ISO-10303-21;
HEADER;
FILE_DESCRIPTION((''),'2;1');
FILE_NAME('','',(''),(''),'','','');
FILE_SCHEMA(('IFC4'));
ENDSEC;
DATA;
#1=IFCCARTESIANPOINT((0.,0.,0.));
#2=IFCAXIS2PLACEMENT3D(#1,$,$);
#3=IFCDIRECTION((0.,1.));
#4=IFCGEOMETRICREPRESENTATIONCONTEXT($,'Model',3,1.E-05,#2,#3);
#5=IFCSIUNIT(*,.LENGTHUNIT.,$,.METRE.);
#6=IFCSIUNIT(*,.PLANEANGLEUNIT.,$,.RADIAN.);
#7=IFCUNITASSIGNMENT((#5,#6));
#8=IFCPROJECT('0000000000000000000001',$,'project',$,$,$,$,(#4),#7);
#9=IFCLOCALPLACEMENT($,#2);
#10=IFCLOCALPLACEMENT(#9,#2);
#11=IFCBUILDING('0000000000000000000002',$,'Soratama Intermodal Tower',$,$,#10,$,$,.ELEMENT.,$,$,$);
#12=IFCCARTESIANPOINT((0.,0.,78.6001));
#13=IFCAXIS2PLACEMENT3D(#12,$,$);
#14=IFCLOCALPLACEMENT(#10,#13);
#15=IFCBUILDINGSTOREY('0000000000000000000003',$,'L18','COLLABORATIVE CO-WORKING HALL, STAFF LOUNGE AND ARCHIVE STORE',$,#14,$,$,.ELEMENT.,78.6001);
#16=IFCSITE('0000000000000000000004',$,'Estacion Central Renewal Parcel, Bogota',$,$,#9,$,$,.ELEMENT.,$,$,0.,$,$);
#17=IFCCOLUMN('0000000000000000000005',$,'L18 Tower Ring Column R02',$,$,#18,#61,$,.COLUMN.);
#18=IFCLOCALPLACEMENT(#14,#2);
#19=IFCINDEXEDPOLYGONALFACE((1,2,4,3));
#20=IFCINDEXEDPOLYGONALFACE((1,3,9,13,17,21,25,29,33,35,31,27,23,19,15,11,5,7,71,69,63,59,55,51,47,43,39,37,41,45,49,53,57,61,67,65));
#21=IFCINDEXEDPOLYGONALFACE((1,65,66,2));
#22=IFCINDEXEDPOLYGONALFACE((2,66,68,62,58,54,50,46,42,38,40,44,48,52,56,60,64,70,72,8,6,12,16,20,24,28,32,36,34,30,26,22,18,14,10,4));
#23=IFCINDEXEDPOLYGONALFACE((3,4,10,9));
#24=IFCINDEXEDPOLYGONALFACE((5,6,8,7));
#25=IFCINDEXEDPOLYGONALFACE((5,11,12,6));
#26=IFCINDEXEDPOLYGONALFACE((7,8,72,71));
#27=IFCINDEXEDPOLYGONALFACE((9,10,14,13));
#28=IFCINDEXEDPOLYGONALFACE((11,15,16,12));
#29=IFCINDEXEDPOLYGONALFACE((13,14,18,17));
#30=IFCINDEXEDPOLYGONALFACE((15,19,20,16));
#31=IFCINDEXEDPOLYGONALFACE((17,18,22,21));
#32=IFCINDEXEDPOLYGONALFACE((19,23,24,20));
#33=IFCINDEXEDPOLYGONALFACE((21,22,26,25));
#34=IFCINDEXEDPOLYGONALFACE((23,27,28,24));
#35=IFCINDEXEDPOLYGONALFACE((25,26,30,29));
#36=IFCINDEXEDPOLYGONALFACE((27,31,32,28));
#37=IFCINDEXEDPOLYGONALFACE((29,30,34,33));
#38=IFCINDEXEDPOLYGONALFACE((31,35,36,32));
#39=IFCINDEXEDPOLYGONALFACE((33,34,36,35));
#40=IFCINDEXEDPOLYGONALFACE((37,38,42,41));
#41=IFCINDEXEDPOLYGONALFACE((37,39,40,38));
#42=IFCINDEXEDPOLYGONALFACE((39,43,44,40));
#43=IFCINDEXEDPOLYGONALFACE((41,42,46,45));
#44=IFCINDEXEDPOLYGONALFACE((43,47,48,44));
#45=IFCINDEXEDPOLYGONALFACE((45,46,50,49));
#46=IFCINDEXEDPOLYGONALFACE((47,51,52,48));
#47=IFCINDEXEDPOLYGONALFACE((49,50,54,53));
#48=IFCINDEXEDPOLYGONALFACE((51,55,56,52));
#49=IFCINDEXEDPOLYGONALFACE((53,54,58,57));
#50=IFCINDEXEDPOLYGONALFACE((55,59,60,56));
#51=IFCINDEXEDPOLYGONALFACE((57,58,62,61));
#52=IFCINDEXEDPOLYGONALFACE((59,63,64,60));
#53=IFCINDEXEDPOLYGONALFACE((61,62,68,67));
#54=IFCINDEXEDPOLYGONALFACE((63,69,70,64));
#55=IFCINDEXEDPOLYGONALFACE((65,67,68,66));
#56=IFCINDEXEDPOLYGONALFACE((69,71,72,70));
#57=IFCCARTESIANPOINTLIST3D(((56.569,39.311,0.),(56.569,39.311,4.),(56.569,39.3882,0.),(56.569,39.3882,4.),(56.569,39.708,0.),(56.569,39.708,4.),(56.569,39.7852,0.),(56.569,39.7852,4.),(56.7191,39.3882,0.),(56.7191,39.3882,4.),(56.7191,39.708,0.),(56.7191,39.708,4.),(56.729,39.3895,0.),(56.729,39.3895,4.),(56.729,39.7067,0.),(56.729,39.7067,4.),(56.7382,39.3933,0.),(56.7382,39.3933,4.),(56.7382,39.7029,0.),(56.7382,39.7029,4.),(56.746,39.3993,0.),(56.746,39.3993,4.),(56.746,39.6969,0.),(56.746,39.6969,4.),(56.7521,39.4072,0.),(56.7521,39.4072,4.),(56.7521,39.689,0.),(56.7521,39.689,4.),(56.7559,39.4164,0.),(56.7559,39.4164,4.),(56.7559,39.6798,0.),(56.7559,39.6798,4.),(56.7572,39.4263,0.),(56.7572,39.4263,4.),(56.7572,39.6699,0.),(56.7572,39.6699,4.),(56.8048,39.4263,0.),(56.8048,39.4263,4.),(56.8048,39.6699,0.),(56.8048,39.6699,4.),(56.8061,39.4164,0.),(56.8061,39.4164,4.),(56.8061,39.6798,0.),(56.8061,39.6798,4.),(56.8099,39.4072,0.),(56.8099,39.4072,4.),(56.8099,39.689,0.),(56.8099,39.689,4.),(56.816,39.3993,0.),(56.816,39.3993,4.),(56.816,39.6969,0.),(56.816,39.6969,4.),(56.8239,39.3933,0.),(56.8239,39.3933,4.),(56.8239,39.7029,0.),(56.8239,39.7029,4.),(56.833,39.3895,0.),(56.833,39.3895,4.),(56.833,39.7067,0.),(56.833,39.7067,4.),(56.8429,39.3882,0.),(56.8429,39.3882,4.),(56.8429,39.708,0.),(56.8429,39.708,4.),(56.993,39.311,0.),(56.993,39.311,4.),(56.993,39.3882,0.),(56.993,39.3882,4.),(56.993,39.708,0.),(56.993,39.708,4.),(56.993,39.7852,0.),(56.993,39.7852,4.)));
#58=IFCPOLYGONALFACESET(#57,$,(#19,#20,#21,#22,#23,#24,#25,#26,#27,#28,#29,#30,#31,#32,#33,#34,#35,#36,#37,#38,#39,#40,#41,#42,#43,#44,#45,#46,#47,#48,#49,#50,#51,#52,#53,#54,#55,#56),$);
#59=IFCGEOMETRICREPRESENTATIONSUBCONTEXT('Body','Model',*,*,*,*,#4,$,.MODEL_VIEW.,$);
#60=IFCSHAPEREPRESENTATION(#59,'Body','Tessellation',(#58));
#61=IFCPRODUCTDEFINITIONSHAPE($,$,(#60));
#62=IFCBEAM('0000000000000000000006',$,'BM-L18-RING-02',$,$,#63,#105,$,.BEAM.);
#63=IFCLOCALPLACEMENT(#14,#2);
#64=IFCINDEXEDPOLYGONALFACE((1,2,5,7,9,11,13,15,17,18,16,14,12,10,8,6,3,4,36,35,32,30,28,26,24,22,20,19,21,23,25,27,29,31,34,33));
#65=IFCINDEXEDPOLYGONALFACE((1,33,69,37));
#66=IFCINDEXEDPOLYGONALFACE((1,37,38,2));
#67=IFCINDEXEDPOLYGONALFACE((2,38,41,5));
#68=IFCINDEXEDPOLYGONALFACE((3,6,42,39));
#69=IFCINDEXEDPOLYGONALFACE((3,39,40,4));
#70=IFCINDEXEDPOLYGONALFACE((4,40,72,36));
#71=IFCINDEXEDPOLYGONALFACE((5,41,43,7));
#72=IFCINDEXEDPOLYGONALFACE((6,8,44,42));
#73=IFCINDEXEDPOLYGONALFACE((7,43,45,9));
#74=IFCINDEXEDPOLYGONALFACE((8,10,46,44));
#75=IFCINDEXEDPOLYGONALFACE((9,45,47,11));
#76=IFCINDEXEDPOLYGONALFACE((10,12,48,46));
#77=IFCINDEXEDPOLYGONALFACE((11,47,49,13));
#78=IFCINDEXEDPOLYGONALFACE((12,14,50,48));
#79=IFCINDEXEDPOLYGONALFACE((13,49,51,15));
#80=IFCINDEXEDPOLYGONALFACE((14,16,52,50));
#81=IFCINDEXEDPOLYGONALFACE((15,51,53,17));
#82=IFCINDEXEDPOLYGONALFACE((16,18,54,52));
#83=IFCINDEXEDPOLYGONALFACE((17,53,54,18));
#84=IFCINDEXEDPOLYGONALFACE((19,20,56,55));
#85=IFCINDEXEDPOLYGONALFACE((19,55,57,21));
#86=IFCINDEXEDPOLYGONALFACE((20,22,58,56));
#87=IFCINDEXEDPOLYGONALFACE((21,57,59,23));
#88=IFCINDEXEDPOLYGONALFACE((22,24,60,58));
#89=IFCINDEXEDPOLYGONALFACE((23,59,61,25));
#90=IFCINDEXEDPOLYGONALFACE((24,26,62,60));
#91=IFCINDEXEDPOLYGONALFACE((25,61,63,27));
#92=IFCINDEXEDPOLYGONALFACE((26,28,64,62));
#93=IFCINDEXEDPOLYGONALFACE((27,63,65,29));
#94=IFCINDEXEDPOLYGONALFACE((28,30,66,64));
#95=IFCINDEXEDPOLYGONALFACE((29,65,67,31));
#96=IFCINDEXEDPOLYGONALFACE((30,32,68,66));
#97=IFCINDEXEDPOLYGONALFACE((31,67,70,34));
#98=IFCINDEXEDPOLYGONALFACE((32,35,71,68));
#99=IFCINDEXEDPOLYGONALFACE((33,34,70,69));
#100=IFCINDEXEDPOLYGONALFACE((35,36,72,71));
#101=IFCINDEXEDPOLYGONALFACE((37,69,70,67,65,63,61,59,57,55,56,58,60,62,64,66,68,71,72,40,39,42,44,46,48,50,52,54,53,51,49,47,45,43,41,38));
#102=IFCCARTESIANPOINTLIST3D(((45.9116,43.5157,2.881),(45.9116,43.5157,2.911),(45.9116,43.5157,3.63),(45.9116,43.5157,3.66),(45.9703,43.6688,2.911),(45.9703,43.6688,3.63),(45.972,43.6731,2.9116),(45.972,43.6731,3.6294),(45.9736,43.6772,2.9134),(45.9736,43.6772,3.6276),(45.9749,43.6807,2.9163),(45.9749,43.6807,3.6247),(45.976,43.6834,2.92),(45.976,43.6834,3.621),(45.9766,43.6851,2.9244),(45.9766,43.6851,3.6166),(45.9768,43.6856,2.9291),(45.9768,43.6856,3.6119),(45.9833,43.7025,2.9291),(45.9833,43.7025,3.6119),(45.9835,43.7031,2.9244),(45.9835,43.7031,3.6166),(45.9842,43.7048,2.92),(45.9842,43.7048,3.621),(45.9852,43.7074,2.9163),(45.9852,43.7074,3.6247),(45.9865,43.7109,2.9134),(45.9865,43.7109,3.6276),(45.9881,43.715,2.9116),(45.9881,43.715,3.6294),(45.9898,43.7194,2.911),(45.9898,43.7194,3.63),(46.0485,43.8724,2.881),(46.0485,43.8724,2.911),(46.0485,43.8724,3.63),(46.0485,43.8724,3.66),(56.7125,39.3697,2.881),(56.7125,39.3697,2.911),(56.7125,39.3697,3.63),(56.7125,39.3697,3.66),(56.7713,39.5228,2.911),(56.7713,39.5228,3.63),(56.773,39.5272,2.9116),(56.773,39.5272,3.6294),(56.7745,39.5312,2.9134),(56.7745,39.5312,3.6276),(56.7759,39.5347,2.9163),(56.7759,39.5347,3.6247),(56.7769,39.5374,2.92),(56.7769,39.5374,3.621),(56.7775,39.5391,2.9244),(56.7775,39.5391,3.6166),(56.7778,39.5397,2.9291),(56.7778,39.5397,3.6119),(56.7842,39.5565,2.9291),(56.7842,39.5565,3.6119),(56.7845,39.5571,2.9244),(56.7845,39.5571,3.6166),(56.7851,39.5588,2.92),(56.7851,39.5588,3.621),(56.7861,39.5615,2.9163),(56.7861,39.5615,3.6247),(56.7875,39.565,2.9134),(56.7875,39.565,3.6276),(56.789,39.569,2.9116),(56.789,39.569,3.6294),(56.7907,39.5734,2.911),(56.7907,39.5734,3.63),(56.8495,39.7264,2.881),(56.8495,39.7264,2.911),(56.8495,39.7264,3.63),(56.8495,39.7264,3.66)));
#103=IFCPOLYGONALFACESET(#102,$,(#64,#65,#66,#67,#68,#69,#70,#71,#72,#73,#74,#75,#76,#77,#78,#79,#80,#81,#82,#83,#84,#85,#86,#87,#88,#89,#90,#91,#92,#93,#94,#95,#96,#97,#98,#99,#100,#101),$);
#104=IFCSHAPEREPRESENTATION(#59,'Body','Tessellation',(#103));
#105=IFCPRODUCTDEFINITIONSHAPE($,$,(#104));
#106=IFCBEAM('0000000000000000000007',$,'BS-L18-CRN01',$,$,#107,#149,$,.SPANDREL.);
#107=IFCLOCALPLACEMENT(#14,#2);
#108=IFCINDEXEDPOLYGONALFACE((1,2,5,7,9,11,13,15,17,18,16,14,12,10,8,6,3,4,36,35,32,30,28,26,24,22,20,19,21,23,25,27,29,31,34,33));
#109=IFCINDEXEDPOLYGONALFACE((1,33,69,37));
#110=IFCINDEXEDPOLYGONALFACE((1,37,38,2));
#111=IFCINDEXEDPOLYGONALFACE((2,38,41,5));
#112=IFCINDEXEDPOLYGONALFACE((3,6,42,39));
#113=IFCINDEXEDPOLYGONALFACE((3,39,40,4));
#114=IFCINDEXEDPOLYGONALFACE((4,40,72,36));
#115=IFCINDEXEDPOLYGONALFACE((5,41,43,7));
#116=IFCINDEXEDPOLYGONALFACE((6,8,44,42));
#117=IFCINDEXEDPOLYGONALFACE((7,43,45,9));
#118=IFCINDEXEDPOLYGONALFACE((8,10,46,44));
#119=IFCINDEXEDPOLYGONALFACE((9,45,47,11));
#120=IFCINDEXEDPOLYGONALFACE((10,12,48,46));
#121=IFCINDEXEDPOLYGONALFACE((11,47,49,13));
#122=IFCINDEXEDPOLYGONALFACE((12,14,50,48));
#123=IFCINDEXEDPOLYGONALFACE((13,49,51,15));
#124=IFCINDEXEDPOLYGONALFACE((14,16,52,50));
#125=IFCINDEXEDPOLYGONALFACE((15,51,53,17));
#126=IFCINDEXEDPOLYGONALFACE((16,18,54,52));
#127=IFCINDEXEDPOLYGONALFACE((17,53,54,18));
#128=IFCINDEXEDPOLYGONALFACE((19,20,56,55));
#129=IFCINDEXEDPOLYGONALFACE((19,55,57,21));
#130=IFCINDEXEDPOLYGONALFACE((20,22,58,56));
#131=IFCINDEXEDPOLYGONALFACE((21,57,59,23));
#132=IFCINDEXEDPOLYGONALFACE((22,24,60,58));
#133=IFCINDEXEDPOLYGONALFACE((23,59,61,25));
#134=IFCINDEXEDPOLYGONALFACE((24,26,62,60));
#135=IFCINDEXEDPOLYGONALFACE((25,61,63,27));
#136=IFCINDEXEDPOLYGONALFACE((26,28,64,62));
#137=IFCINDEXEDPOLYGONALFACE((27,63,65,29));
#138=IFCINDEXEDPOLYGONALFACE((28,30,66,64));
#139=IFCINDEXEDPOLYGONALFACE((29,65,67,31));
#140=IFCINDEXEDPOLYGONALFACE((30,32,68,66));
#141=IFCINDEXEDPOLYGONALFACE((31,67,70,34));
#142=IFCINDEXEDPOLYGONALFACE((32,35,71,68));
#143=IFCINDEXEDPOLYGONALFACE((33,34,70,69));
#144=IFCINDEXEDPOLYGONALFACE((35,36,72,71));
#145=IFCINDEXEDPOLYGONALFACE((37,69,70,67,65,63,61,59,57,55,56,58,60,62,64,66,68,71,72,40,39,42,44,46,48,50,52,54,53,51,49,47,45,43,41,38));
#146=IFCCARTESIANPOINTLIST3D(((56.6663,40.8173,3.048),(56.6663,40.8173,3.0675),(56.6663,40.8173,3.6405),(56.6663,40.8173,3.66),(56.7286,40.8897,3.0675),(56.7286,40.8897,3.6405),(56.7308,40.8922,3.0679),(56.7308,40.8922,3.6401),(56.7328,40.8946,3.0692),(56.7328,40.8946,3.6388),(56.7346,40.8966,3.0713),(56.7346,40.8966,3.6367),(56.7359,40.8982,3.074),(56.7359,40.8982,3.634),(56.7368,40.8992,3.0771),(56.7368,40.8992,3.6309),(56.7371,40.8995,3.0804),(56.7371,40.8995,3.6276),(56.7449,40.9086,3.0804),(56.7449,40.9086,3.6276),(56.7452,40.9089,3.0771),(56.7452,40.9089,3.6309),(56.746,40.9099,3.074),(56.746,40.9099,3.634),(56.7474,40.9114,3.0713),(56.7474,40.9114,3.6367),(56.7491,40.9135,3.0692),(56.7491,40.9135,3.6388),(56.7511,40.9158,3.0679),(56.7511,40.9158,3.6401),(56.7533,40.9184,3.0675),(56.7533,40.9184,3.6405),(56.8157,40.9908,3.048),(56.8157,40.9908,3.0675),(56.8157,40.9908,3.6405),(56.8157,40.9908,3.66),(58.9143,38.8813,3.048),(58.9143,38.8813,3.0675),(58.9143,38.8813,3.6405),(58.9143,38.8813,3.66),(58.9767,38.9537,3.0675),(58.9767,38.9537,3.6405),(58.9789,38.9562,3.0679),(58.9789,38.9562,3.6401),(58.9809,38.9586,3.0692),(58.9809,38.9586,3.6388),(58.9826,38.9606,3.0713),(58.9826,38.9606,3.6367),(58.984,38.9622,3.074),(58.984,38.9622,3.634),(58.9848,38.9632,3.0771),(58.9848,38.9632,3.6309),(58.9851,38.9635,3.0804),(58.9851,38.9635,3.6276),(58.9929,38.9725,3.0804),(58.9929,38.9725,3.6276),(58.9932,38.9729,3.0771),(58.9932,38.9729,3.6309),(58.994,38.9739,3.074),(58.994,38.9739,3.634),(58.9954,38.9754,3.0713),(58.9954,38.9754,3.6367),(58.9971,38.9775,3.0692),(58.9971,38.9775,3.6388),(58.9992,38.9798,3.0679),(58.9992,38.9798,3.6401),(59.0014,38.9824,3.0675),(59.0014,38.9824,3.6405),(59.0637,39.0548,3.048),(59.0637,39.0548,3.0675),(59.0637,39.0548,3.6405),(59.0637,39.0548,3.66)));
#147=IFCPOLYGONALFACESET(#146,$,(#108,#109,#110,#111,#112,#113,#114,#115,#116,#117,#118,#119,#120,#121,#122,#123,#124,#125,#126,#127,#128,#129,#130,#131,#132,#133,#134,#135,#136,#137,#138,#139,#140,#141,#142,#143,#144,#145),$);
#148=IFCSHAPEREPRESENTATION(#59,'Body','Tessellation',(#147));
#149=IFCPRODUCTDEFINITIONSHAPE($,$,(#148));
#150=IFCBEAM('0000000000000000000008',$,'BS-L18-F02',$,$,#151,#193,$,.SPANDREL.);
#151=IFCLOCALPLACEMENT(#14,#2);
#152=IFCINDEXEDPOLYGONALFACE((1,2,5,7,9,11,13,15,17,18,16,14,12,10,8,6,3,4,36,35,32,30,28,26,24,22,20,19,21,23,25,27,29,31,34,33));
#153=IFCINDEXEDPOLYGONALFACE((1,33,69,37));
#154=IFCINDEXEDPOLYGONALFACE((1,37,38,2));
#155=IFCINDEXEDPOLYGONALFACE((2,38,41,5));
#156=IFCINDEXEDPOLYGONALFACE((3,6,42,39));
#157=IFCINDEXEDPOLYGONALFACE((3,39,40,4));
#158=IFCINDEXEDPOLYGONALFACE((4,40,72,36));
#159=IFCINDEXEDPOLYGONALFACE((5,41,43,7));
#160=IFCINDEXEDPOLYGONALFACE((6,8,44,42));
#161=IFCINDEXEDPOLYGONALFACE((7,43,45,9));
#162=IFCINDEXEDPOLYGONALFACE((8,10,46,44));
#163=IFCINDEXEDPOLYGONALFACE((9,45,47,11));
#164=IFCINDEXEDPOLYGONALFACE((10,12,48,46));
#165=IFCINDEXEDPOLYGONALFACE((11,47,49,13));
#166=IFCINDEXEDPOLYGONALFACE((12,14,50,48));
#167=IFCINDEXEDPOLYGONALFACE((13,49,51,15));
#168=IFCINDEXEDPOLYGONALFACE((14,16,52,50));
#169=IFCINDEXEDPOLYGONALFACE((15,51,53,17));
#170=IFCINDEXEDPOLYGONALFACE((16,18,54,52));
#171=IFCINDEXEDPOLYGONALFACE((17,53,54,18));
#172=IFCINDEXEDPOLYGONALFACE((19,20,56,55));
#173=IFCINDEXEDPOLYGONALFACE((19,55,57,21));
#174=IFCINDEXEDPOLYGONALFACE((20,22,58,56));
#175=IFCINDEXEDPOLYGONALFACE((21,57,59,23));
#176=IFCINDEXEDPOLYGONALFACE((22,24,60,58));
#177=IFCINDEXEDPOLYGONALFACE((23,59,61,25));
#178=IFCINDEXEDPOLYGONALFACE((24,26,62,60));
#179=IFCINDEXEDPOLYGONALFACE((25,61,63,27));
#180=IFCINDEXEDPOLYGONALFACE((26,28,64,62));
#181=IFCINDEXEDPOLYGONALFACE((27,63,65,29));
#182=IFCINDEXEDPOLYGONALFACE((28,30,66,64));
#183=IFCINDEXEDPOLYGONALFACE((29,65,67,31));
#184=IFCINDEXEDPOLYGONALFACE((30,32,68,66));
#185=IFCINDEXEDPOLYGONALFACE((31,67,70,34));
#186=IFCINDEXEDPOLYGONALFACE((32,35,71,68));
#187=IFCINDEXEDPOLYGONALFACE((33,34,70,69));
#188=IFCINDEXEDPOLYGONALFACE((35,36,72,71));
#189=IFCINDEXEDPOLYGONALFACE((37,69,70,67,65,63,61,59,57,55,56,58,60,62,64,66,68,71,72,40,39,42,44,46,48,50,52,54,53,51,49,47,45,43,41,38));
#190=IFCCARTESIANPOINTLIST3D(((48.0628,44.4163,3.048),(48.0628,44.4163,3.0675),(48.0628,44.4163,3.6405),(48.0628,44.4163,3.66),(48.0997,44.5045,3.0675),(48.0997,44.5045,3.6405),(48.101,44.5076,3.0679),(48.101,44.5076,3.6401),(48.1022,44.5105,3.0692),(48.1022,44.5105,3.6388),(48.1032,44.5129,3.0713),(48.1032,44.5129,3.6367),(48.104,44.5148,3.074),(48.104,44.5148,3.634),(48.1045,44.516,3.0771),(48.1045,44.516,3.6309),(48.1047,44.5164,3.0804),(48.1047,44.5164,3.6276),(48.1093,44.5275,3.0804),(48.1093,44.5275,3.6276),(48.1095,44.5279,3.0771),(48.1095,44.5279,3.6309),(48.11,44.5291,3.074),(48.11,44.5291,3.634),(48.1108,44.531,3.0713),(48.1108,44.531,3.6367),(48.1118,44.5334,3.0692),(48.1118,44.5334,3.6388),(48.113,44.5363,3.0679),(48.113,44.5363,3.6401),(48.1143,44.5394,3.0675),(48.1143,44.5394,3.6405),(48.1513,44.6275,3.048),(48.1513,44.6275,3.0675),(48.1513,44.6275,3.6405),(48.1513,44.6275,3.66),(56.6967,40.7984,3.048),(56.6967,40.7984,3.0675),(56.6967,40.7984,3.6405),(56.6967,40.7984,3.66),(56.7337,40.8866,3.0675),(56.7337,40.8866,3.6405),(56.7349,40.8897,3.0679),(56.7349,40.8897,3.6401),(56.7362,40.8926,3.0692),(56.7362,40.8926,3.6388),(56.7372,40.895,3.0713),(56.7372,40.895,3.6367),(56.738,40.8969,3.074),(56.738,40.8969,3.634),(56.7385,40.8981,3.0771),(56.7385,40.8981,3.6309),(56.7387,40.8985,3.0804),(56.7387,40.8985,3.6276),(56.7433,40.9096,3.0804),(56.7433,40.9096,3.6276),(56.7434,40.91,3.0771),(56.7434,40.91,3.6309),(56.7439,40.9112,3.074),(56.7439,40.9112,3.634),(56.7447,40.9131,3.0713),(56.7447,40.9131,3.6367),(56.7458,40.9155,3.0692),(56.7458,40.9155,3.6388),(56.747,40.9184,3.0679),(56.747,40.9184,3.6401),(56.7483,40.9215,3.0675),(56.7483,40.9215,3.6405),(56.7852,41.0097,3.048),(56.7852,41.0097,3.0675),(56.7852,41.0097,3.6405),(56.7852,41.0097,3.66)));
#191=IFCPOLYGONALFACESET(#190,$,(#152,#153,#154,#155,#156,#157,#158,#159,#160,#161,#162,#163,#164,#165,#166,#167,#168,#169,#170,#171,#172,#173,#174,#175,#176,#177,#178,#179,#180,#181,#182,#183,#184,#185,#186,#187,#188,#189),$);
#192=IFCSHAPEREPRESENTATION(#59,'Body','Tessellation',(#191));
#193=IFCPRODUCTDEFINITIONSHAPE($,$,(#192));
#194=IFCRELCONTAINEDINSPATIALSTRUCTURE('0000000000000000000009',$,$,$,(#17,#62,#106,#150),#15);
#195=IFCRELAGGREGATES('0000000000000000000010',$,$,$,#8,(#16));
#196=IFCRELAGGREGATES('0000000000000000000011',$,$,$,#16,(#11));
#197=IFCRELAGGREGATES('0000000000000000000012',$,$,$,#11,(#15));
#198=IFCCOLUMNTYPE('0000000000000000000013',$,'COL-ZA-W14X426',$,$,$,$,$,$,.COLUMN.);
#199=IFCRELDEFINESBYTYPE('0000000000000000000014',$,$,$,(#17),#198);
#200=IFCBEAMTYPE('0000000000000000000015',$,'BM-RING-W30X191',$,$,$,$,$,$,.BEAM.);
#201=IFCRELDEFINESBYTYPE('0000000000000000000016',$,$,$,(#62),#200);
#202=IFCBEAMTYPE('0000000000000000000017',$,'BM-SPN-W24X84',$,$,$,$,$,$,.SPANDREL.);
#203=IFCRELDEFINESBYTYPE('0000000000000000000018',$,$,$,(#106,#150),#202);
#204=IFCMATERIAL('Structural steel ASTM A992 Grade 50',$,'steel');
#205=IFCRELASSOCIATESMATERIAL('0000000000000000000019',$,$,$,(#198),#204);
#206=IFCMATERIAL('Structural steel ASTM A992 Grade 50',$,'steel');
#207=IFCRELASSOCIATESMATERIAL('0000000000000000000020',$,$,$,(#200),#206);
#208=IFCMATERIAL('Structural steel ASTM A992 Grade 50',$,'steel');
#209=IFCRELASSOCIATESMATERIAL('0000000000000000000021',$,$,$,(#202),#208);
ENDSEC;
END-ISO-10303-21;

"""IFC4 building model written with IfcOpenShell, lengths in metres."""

from ifc_helpers import new_model, si_unit, direction, frame, origin, origin_2d, place, context, subcontext, project, spatial, i_section, extrude, material, material_profile, profile_set, type_object, element, save


model = new_model("IFC4")

# Units and contexts
model_context = context("Model", 3, precision=1e-05, world=origin(), true_north=direction((0.0, 1.0)))
body_context = subcontext(model_context, "Body", "Model", "MODEL_VIEW")
ifc_project = project(units=[si_unit("LENGTHUNIT", "METRE"), si_unit("PLANEANGLEUNIT", "RADIAN")], contexts=[model_context])

# Site, building, storey
site_placement = place(None, origin())
site = spatial("IfcSite", under=ifc_project, at=site_placement, Name="Estacion Central Renewal Parcel, Bogota", CompositionType="ELEMENT", RefElevation=0.0)
building_placement = place(site_placement, origin())
building = spatial("IfcBuilding", under=site, at=building_placement, Name="Soratama Intermodal Tower", CompositionType="ELEMENT")
storey_placement = place(building_placement, frame((0.0, 0.0, 78.6001)))
storey = spatial("IfcBuildingStorey", under=building, at=storey_placement, Name="L18", Description="COLLABORATIVE CO-WORKING HALL, STAFF LOUNGE AND ARCHIVE STORE", CompositionType="ELEMENT", Elevation=78.6001)

# Column
ifc_material_1 = material(Name="Structural steel ASTM A992 Grade 50", Category="steel")
ifc_material_profile_1 = material_profile(ifc_material_1, i_section(OverallWidth=0.4241, OverallDepth=0.4741, WebThickness=0.0476, FlangeThickness=0.0771, FilletRadius=0.0381, at=origin_2d()), Name="W14X426")
ifc_profile_set_1 = profile_set([ifc_material_profile_1], Name="Structural steel ASTM A992 Grade 50")
column_type = type_object("IfcColumnType", Name="COL-ZA-W14X426", PredefinedType="COLUMN", material=ifc_profile_set_1)
column_placement = place(storey_placement, frame((56.781, 39.5481, 0.0), z_axis=(0.0, 0.0, 1.0), x_axis=(1.0, 0.0, 0.0)))
element("IfcColumn", 1, at=column_placement, inside=storey, type_object=column_type, Name="L18 Tower Ring Column R02", PredefinedType="COLUMN", context=body_context, shape_type="SweptSolid", body=[
    extrude(i_section(OverallWidth=0.4241, OverallDepth=0.4741, WebThickness=0.0476, FlangeThickness=0.0771, FilletRadius=0.0381, at=origin_2d()), origin(), (0.0, 0.0, 1.0), 4.0),
])

# Beams
ifc_material_2 = material(Name="Structural steel ASTM A992 Grade 50", Category="steel")
ifc_material_profile_2 = material_profile(ifc_material_2, i_section(OverallWidth=0.3821, OverallDepth=0.7791, WebThickness=0.0181, FlangeThickness=0.03, FilletRadius=0.0181, at=origin_2d()), Name="W30X191")
ifc_profile_set_2 = profile_set([ifc_material_profile_2], Name="Structural steel ASTM A992 Grade 50")
beam_type_1 = type_object("IfcBeamType", Name="BM-RING-W30X191", PredefinedType="BEAM", material=ifc_profile_set_2)
beam_1_placement = place(storey_placement, frame((56.781, 39.5481, 3.2705), z_axis=(-0.933584, 0.358358, 0.0), x_axis=(-0.358358, -0.933584, 0.0)))
element("IfcBeam", 2, at=beam_1_placement, inside=storey, type_object=beam_type_1, Name="BM-L18-RING-02", PredefinedType="BEAM", context=body_context, shape_type="SweptSolid", body=[
    extrude(i_section(OverallWidth=0.3821, OverallDepth=0.7791, WebThickness=0.0181, FlangeThickness=0.03, FilletRadius=0.0181, at=origin_2d()), origin(), (0.0, 0.0, 1.0), 11.5693),
])
ifc_material_3 = material(Name="Structural steel ASTM A992 Grade 50", Category="steel")
ifc_material_profile_3 = material_profile(ifc_material_3, i_section(OverallWidth=0.229, OverallDepth=0.6121, WebThickness=0.012, FlangeThickness=0.0195, FilletRadius=0.0129, at=origin_2d()), Name="W24X84")
ifc_profile_set_3 = profile_set([ifc_material_profile_3], Name="Structural steel ASTM A992 Grade 50")
beam_type_2 = type_object("IfcBeamType", Name="BM-SPN-W24X84", PredefinedType="SPANDREL", material=ifc_profile_set_3)
beam_2_placement = place(storey_placement, frame((58.989, 38.968, 3.354), z_axis=(-0.757733, 0.652565, 0.0), x_axis=(-0.652565, -0.757733, 0.0)))
element("IfcBeam", 3, at=beam_2_placement, inside=storey, type_object=beam_type_2, Name="BS-L18-CRN01", PredefinedType="SPANDREL", context=body_context, shape_type="SweptSolid", body=[
    extrude(i_section(OverallWidth=0.229, OverallDepth=0.6121, WebThickness=0.012, FlangeThickness=0.0195, FilletRadius=0.0129, at=origin_2d()), origin(), (0.0, 0.0, 1.0), 2.9668),
])
beam_3_placement = place(storey_placement, frame((56.741, 40.9041, 3.354), z_axis=(-0.922301, 0.386472, 0.0), x_axis=(-0.386472, -0.922301, 0.0)))
element("IfcBeam", 4, at=beam_3_placement, inside=storey, type_object=beam_type_2, Name="BS-L18-F02", PredefinedType="SPANDREL", context=body_context, shape_type="SweptSolid", body=[
    extrude(i_section(OverallWidth=0.229, OverallDepth=0.6121, WebThickness=0.012, FlangeThickness=0.0195, FilletRadius=0.0129, at=origin_2d()), origin(), (0.0, 0.0, 1.0), 9.3613),
])

save(model, "model.ifc")
